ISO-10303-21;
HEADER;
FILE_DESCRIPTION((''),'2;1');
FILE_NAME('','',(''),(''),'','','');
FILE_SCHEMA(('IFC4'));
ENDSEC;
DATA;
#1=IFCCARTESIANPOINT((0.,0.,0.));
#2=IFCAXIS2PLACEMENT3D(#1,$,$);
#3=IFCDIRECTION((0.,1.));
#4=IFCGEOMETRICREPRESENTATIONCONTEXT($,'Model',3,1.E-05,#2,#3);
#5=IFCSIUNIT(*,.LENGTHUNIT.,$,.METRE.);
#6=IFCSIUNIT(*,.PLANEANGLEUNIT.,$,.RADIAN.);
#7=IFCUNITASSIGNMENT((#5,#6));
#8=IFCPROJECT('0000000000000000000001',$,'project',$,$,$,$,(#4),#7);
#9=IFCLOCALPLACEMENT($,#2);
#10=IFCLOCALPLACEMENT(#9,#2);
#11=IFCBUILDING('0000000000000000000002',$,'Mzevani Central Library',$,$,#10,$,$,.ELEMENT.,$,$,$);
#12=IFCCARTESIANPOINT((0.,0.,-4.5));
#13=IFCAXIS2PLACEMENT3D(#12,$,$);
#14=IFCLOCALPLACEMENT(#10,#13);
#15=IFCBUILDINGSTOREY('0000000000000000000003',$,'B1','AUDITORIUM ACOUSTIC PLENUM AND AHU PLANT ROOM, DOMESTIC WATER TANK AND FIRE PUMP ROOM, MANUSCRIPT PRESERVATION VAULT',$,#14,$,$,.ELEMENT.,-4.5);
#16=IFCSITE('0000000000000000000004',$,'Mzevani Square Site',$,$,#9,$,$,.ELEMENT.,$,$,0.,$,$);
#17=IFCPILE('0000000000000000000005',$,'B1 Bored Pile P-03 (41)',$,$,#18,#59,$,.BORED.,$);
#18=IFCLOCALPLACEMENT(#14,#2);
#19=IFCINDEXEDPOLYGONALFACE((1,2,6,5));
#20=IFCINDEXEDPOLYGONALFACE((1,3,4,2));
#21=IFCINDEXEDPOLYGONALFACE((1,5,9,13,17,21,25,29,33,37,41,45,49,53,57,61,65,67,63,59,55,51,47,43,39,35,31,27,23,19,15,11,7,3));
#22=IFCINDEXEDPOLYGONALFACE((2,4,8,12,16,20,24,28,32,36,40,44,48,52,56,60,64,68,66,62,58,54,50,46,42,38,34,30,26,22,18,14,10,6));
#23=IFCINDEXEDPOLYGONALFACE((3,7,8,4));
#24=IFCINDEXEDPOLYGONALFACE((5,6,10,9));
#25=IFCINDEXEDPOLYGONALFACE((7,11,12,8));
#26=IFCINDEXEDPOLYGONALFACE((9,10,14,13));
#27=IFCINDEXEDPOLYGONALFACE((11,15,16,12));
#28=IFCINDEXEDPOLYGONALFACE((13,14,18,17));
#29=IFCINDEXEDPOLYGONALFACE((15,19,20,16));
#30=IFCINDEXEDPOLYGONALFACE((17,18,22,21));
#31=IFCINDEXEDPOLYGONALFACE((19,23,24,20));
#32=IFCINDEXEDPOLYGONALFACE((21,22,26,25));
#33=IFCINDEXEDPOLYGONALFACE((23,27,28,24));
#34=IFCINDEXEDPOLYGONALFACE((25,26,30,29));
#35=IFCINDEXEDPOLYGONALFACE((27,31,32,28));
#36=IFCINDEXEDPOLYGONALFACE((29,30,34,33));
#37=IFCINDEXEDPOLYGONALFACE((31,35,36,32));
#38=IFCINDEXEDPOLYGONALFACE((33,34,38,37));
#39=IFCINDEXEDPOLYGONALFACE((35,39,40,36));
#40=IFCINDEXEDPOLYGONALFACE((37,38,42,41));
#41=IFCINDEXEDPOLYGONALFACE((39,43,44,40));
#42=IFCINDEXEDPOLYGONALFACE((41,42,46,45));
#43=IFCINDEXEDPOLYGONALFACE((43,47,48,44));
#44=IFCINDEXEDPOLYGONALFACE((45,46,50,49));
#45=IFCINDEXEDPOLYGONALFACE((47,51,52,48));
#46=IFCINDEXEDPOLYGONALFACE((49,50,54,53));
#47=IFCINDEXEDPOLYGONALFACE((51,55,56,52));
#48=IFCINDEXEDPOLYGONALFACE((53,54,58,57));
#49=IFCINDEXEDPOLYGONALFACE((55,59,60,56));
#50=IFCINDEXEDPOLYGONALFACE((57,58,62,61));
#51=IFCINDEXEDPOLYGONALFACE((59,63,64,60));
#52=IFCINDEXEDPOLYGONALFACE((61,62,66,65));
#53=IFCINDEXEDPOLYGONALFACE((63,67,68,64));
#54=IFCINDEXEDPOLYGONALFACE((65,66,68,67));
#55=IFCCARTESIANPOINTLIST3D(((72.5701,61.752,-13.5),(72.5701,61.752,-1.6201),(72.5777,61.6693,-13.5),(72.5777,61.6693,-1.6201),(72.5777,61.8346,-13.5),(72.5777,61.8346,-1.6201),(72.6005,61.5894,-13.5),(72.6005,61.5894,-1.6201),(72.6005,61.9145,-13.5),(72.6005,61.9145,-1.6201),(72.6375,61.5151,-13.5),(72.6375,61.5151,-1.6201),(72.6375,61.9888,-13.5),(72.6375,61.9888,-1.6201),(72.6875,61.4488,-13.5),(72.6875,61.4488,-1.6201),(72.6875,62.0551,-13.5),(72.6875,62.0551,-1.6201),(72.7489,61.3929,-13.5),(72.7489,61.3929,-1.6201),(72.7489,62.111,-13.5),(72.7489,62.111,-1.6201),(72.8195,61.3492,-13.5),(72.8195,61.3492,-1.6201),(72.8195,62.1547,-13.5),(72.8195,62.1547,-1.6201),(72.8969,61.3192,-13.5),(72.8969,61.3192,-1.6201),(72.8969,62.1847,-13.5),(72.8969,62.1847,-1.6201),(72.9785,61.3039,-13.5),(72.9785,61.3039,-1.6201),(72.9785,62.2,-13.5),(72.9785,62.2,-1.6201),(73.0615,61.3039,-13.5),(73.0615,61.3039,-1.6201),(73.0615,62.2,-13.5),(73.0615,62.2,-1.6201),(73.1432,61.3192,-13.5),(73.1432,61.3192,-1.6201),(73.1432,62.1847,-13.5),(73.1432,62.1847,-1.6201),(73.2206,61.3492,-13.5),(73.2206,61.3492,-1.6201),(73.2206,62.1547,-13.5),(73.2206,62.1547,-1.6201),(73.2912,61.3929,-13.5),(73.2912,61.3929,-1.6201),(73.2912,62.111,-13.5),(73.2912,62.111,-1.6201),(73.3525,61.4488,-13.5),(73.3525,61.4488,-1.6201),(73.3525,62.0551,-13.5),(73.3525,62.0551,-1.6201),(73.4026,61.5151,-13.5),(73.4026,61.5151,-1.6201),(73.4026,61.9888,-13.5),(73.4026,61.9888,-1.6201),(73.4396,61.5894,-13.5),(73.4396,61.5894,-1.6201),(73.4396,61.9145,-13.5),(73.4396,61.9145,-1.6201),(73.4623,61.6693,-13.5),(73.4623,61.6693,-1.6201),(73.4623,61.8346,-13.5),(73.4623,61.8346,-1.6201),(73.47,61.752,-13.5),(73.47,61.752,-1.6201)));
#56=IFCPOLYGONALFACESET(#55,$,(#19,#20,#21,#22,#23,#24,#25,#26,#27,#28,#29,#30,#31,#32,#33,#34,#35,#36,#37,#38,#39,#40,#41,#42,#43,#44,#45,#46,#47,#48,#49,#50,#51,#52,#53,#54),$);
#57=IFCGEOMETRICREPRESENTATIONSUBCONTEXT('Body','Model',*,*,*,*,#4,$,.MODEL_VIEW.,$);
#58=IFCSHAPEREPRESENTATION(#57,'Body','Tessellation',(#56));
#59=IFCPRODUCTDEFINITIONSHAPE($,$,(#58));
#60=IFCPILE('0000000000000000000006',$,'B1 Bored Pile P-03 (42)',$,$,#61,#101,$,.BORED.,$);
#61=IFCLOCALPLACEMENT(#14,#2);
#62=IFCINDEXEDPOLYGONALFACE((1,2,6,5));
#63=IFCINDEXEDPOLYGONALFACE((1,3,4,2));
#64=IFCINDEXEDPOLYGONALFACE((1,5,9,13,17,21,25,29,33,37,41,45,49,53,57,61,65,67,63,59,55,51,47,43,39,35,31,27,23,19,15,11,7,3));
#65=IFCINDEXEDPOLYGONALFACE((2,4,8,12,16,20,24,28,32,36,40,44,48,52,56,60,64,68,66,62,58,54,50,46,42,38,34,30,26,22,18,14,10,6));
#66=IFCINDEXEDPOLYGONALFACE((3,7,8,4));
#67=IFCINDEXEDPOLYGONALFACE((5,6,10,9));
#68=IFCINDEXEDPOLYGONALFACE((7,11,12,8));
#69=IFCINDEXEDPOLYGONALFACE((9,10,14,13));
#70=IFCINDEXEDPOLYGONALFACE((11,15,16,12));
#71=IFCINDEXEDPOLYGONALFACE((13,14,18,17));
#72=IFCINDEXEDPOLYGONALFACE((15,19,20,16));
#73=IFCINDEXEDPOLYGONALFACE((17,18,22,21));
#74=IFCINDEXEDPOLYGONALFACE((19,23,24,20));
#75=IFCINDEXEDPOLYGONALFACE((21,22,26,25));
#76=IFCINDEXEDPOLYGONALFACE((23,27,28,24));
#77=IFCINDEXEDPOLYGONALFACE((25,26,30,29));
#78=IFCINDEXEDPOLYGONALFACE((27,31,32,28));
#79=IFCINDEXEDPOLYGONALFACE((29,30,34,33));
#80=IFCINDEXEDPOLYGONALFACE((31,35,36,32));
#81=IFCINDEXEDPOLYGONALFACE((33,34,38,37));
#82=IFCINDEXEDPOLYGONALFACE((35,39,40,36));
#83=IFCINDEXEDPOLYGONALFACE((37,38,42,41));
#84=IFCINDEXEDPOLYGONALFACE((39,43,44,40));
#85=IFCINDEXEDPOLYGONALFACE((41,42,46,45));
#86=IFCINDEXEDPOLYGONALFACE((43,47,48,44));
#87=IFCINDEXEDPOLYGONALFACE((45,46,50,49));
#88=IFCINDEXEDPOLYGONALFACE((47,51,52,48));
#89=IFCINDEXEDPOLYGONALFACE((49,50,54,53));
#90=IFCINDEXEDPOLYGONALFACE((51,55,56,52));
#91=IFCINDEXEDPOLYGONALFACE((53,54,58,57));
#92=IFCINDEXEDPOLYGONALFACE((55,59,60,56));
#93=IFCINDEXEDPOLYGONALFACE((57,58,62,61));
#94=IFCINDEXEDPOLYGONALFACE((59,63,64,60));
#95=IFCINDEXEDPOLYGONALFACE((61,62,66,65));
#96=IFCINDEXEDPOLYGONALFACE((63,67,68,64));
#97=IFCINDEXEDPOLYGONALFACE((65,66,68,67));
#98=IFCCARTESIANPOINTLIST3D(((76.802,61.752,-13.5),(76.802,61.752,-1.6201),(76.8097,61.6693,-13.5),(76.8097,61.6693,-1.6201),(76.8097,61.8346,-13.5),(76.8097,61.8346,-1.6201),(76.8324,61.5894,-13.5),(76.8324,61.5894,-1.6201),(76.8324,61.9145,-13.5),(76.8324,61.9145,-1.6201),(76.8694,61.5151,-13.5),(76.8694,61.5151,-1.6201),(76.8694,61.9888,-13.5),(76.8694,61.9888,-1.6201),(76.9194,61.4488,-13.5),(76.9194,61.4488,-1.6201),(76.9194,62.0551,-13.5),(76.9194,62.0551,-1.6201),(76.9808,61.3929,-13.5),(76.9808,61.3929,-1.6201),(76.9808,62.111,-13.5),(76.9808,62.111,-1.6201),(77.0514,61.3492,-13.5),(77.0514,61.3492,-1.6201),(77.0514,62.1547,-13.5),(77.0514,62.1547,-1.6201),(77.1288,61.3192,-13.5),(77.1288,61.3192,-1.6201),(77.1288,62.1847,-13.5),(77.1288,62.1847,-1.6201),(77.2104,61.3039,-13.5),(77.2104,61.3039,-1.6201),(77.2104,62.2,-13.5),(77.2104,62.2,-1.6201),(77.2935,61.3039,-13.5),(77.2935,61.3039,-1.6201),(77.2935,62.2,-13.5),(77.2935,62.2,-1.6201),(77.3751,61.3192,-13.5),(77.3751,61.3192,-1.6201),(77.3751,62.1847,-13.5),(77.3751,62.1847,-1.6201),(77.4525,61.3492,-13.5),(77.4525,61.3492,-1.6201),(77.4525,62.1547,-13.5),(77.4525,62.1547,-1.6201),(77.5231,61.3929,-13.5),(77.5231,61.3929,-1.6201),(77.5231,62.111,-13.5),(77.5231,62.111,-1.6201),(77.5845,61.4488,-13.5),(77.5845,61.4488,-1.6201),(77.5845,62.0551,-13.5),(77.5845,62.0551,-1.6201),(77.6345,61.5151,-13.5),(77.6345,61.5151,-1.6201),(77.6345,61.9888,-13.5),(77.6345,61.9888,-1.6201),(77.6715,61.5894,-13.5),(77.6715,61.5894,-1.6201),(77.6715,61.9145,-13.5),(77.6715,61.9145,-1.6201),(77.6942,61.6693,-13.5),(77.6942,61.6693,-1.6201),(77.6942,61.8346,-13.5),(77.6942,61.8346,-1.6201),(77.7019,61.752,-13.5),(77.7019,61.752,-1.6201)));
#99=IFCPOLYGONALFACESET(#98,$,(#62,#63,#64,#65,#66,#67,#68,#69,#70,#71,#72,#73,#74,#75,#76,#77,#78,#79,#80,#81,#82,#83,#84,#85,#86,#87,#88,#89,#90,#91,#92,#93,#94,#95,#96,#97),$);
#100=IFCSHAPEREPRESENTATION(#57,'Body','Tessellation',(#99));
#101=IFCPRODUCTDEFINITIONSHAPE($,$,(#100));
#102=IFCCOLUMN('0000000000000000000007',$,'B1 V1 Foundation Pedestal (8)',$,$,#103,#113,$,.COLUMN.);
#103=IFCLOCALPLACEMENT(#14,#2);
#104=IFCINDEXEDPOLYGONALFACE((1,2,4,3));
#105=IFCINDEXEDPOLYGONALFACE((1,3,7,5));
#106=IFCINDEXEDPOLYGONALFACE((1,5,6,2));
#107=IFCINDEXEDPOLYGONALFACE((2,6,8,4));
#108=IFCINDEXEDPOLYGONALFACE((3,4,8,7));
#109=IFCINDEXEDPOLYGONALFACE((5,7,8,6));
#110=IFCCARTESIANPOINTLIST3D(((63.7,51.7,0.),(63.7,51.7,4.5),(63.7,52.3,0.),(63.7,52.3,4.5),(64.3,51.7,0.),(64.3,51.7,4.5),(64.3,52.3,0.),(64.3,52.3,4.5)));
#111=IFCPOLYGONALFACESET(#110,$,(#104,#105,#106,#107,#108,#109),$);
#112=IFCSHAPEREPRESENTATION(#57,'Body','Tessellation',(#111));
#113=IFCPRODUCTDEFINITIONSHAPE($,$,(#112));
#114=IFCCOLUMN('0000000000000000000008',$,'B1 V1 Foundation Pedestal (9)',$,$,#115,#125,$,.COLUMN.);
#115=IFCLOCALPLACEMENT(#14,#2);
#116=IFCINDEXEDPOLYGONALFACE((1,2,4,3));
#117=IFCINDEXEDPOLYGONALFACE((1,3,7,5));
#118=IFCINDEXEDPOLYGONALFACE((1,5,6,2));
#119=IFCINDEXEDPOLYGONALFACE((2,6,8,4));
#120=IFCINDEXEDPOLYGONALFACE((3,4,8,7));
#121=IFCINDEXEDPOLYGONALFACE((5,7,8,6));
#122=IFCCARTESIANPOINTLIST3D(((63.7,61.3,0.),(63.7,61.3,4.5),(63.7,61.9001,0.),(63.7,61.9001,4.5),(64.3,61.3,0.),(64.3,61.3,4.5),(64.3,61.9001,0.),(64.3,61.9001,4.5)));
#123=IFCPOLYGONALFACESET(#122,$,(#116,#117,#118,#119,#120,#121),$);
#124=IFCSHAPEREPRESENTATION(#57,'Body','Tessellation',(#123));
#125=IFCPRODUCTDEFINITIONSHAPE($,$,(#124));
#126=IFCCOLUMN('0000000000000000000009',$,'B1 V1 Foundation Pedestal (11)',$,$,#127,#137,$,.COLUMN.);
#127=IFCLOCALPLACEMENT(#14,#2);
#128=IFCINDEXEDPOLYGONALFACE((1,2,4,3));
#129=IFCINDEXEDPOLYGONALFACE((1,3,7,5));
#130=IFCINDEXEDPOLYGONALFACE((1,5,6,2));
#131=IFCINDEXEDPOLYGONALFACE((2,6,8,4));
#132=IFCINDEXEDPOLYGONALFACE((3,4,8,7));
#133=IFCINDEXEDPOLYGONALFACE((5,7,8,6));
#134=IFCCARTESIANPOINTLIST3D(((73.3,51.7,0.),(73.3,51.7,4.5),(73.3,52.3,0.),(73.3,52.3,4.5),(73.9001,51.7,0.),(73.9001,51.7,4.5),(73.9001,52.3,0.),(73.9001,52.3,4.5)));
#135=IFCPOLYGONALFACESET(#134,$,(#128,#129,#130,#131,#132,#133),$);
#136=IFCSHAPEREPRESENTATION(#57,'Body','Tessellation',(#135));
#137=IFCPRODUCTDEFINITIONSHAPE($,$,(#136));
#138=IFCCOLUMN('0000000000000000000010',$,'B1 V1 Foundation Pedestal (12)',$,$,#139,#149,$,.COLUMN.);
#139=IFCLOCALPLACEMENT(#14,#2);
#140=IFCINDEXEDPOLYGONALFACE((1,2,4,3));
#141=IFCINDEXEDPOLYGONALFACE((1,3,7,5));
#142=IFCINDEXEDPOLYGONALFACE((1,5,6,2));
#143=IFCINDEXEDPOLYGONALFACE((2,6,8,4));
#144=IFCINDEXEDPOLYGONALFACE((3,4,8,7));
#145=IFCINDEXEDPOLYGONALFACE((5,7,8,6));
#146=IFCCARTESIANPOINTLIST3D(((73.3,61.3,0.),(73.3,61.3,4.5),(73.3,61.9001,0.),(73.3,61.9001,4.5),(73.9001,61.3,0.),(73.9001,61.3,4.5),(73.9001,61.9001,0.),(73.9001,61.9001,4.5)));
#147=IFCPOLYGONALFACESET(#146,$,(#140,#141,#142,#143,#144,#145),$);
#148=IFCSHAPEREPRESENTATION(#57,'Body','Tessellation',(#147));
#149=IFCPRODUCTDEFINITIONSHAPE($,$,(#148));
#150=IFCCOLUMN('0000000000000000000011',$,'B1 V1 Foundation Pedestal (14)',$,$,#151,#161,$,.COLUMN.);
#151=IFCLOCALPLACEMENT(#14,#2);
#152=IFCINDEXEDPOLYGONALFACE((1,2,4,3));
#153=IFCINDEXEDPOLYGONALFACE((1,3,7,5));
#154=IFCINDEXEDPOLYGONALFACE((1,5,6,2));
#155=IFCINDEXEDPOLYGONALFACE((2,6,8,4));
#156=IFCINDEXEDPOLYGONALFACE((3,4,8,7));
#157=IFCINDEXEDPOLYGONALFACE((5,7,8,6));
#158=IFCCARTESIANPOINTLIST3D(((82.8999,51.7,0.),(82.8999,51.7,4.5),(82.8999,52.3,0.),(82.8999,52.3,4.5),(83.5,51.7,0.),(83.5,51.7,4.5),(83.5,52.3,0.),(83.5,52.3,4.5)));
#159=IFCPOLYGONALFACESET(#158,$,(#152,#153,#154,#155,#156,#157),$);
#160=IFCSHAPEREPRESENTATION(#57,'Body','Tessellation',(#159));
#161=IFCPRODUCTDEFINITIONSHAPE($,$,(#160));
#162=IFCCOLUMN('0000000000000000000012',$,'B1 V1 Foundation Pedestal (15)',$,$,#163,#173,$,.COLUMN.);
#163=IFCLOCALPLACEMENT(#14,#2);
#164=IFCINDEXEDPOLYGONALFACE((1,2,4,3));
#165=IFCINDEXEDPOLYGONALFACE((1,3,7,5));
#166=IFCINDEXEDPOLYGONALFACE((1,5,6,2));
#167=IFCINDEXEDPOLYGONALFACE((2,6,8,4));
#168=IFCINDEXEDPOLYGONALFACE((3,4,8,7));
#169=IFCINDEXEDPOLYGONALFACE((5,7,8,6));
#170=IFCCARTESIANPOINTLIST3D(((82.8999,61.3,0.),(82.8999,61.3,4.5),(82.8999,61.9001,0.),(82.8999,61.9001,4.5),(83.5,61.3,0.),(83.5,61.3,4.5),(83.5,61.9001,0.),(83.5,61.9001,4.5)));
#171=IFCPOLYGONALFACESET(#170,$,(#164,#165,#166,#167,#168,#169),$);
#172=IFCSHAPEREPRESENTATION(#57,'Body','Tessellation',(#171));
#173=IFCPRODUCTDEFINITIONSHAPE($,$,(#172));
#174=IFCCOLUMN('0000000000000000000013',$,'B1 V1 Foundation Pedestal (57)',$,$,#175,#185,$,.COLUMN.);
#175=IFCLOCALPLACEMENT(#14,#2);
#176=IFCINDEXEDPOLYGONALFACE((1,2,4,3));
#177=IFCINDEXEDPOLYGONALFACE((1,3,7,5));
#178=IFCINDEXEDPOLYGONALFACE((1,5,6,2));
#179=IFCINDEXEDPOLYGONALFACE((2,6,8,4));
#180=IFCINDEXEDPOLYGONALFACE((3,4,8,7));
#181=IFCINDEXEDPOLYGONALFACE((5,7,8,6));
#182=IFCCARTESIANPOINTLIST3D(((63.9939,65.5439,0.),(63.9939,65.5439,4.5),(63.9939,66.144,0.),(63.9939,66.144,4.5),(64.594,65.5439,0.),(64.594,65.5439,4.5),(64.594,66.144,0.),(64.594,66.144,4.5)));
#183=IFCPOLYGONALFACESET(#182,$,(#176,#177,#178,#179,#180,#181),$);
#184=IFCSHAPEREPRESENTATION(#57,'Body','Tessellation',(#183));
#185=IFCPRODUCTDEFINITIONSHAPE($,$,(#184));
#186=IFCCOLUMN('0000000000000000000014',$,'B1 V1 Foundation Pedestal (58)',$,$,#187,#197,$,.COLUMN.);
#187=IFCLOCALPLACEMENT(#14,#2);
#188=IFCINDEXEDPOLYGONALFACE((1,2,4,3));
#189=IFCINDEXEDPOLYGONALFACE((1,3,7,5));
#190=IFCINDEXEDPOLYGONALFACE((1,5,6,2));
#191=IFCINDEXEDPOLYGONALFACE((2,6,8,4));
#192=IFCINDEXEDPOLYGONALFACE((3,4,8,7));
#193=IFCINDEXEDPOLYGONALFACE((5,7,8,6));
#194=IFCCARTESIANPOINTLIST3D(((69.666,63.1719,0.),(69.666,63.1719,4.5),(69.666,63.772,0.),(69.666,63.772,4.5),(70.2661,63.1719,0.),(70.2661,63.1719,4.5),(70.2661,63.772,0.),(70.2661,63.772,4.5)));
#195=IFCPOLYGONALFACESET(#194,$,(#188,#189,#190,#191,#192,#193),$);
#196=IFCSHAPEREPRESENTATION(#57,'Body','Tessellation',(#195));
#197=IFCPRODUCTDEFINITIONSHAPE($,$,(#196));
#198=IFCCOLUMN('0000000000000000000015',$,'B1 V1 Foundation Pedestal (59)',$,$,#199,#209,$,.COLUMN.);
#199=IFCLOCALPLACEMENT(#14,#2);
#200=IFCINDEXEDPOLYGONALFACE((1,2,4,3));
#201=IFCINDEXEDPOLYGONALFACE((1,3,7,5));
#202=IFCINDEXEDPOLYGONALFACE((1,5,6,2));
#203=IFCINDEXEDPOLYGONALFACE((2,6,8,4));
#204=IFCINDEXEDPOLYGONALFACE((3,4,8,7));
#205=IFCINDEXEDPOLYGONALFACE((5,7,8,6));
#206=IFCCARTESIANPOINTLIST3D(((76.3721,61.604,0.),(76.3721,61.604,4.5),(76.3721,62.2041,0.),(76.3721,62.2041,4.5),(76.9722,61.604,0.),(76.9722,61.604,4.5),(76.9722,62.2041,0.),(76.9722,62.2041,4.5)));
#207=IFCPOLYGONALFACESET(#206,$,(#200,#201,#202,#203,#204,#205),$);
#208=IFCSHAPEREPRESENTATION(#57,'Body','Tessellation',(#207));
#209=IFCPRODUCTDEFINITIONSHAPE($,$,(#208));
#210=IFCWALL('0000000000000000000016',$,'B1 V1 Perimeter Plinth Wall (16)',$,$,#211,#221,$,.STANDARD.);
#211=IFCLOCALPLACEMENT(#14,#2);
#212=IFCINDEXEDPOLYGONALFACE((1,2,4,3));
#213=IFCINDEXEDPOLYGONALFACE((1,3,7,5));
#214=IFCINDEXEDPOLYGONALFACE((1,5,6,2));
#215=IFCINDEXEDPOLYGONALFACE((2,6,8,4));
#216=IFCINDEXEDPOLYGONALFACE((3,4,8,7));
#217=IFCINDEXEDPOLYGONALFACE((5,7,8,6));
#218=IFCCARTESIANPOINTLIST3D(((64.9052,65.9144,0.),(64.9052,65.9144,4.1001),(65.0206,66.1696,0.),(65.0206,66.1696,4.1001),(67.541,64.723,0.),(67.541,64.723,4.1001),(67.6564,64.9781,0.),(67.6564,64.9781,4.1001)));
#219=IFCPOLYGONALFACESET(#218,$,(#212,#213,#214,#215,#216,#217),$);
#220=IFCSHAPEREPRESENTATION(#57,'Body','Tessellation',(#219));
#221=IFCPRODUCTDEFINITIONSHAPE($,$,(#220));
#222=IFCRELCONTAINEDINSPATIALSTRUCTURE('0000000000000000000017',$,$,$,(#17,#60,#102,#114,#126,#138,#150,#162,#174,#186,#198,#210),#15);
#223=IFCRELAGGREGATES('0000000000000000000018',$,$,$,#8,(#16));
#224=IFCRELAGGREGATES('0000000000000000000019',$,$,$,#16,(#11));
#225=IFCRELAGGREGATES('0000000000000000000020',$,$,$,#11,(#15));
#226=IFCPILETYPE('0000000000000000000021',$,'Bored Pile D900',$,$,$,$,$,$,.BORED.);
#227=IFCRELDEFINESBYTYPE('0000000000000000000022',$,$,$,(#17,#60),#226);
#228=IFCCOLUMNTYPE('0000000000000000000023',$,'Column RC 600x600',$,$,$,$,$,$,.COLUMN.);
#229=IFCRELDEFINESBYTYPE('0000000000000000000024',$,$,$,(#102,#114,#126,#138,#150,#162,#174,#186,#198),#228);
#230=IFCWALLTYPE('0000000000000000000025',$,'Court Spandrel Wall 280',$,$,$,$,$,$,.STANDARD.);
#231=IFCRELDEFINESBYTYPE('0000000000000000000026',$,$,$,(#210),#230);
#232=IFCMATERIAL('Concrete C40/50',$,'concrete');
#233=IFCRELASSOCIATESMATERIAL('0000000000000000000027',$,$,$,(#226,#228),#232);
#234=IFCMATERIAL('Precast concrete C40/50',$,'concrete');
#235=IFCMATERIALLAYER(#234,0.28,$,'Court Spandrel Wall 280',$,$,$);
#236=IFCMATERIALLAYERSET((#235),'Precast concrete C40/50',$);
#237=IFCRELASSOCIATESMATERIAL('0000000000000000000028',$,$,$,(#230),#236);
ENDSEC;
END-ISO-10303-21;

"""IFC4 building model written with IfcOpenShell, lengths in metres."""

from ifc_helpers import new_model, si_unit, direction, frame, frame_2d, origin, origin_2d, place, context, subcontext, project, spatial, rectangle, circle, extrude, material, layer, layer_set, material_profile, profile_set, type_object, element, save


model = new_model("IFC4")

# Units and contexts
model_context = context("Model", 3, precision=1e-05, world=origin(), true_north=direction((0.0, 1.0)))
body_context = subcontext(model_context, "Body", "Model", "MODEL_VIEW")
ifc_project = project(units=[si_unit("LENGTHUNIT", "METRE"), si_unit("PLANEANGLEUNIT", "RADIAN")], contexts=[model_context])

# Site, building, storey
site_placement = place(None, origin())
site = spatial("IfcSite", under=ifc_project, at=site_placement, Name="Mzevani Square Site", CompositionType="ELEMENT", RefElevation=0.0)
building_placement = place(site_placement, origin())
building = spatial("IfcBuilding", under=site, at=building_placement, Name="Mzevani Central Library", CompositionType="ELEMENT")
storey_placement = place(building_placement, frame((0.0, 0.0, -4.5)))
storey = spatial("IfcBuildingStorey", under=building, at=storey_placement, Name="B1", Description="AUDITORIUM ACOUSTIC PLENUM AND AHU PLANT ROOM, DOMESTIC WATER TANK AND FIRE PUMP ROOM, MANUSCRIPT PRESERVATION VAULT", CompositionType="ELEMENT", Elevation=-4.5)

# Piles
ifc_material_1 = material(Name="Concrete C40/50", Category="concrete")
ifc_material_profile_1 = material_profile(ifc_material_1, circle(Radius=0.45, at=origin_2d()), Name="PILE D900")
ifc_profile_set_1 = profile_set([ifc_material_profile_1], Name="Concrete C40/50")
pile_type_1 = type_object("IfcPileType", Name="Bored Pile D900", PredefinedType="BORED", material=ifc_profile_set_1)
for number, where, z_axis, x_axis, name in (
    (1, (73.02, 61.752, -1.6201), (0.0, 0.0, -1.0), (1.0, 0.0, 0.0), "B1 Bored Pile P-03 (41)"),
    (2, (77.252, 61.752, -1.6201), (0.0, 0.0, -1.0), (1.0, 0.0, 0.0), "B1 Bored Pile P-03 (42)"),
):
    element("IfcPile", number, at=place(storey_placement, frame(where, z_axis=z_axis, x_axis=x_axis)), inside=storey, type_object=pile_type_1, Name=name, PredefinedType="BORED", context=body_context, shape_type="SweptSolid", body=[
        extrude(circle(Radius=0.45, at=origin_2d()), origin(), (0.0, 0.0, 1.0), 11.8799),
    ])

# Columns
ifc_material_profile_2 = material_profile(ifc_material_1, rectangle(XDim=0.6001, YDim=0.6001, at=origin_2d()), Name="RC 600x600")
ifc_profile_set_2 = profile_set([ifc_material_profile_2], Name="Concrete C40/50")
column_type = type_object("IfcColumnType", Name="Column RC 600x600", PredefinedType="COLUMN", material=ifc_profile_set_2)
for number, where, z_axis, x_axis, name in (
    (3, (64.0, 52.0, 0.0), (0.0, 0.0, 1.0), (1.0, 0.0, 0.0), "B1 V1 Foundation Pedestal (8)"),
    (4, (64.0, 61.6001, 0.0), (0.0, 0.0, 1.0), (1.0, 0.0, 0.0), "B1 V1 Foundation Pedestal (9)"),
    (5, (73.6001, 52.0, 0.0), (0.0, 0.0, 1.0), (1.0, 0.0, 0.0), "B1 V1 Foundation Pedestal (11)"),
    (6, (73.6001, 61.6001, 0.0), (0.0, 0.0, 1.0), (1.0, 0.0, 0.0), "B1 V1 Foundation Pedestal (12)"),
    (7, (83.2, 52.0, 0.0), (0.0, 0.0, 1.0), (1.0, 0.0, 0.0), "B1 V1 Foundation Pedestal (14)"),
    (8, (83.2, 61.6001, 0.0), (0.0, 0.0, 1.0), (1.0, 0.0, 0.0), "B1 V1 Foundation Pedestal (15)"),
    (9, (64.2939, 65.844, 0.0), (0.0, 0.0, 1.0), (1.0, 0.0, 0.0), "B1 V1 Foundation Pedestal (57)"),
    (10, (69.9661, 63.4719, 0.0), (0.0, 0.0, 1.0), (1.0, 0.0, 0.0), "B1 V1 Foundation Pedestal (58)"),
    (11, (76.6721, 61.9041, 0.0), (0.0, 0.0, 1.0), (1.0, 0.0, 0.0), "B1 V1 Foundation Pedestal (59)"),
):
    element("IfcColumn", number, at=place(storey_placement, frame(where, z_axis=z_axis, x_axis=x_axis)), inside=storey, type_object=column_type, Name=name, PredefinedType="COLUMN", context=body_context, shape_type="SweptSolid", body=[
        extrude(rectangle(XDim=0.6001, YDim=0.6001, at=origin_2d()), origin(), (0.0, 0.0, 1.0), 4.5),
    ])

# Wall
ifc_material_2 = material(Name="Precast concrete C40/50", Category="concrete")
ifc_layer = layer(ifc_material_2, 0.28, Name="Court Spandrel Wall 280")
ifc_layer_set = layer_set([ifc_layer], Name="Precast concrete C40/50")
wall_type = type_object("IfcWallType", Name="Court Spandrel Wall 280", PredefinedType="STANDARD", material=ifc_layer_set)
wall_1_placement = place(storey_placement, frame((64.9629, 66.042, 0.0), z_axis=(0.0, 0.0, 1.0), x_axis=(0.911232, -0.411894, 0.0)))
element("IfcWall", 12, at=wall_1_placement, inside=storey, type_object=wall_type, Name="B1 V1 Perimeter Plinth Wall (16)", PredefinedType="STANDARD", context=body_context, shape_type="SweptSolid", body=[
    extrude(rectangle(XDim=2.8926, YDim=0.28, at=frame_2d((1.4463, 0.0))), origin(), (0.0, 0.0, 1.0), 4.1001),
])

save(model, "model.ifc")
